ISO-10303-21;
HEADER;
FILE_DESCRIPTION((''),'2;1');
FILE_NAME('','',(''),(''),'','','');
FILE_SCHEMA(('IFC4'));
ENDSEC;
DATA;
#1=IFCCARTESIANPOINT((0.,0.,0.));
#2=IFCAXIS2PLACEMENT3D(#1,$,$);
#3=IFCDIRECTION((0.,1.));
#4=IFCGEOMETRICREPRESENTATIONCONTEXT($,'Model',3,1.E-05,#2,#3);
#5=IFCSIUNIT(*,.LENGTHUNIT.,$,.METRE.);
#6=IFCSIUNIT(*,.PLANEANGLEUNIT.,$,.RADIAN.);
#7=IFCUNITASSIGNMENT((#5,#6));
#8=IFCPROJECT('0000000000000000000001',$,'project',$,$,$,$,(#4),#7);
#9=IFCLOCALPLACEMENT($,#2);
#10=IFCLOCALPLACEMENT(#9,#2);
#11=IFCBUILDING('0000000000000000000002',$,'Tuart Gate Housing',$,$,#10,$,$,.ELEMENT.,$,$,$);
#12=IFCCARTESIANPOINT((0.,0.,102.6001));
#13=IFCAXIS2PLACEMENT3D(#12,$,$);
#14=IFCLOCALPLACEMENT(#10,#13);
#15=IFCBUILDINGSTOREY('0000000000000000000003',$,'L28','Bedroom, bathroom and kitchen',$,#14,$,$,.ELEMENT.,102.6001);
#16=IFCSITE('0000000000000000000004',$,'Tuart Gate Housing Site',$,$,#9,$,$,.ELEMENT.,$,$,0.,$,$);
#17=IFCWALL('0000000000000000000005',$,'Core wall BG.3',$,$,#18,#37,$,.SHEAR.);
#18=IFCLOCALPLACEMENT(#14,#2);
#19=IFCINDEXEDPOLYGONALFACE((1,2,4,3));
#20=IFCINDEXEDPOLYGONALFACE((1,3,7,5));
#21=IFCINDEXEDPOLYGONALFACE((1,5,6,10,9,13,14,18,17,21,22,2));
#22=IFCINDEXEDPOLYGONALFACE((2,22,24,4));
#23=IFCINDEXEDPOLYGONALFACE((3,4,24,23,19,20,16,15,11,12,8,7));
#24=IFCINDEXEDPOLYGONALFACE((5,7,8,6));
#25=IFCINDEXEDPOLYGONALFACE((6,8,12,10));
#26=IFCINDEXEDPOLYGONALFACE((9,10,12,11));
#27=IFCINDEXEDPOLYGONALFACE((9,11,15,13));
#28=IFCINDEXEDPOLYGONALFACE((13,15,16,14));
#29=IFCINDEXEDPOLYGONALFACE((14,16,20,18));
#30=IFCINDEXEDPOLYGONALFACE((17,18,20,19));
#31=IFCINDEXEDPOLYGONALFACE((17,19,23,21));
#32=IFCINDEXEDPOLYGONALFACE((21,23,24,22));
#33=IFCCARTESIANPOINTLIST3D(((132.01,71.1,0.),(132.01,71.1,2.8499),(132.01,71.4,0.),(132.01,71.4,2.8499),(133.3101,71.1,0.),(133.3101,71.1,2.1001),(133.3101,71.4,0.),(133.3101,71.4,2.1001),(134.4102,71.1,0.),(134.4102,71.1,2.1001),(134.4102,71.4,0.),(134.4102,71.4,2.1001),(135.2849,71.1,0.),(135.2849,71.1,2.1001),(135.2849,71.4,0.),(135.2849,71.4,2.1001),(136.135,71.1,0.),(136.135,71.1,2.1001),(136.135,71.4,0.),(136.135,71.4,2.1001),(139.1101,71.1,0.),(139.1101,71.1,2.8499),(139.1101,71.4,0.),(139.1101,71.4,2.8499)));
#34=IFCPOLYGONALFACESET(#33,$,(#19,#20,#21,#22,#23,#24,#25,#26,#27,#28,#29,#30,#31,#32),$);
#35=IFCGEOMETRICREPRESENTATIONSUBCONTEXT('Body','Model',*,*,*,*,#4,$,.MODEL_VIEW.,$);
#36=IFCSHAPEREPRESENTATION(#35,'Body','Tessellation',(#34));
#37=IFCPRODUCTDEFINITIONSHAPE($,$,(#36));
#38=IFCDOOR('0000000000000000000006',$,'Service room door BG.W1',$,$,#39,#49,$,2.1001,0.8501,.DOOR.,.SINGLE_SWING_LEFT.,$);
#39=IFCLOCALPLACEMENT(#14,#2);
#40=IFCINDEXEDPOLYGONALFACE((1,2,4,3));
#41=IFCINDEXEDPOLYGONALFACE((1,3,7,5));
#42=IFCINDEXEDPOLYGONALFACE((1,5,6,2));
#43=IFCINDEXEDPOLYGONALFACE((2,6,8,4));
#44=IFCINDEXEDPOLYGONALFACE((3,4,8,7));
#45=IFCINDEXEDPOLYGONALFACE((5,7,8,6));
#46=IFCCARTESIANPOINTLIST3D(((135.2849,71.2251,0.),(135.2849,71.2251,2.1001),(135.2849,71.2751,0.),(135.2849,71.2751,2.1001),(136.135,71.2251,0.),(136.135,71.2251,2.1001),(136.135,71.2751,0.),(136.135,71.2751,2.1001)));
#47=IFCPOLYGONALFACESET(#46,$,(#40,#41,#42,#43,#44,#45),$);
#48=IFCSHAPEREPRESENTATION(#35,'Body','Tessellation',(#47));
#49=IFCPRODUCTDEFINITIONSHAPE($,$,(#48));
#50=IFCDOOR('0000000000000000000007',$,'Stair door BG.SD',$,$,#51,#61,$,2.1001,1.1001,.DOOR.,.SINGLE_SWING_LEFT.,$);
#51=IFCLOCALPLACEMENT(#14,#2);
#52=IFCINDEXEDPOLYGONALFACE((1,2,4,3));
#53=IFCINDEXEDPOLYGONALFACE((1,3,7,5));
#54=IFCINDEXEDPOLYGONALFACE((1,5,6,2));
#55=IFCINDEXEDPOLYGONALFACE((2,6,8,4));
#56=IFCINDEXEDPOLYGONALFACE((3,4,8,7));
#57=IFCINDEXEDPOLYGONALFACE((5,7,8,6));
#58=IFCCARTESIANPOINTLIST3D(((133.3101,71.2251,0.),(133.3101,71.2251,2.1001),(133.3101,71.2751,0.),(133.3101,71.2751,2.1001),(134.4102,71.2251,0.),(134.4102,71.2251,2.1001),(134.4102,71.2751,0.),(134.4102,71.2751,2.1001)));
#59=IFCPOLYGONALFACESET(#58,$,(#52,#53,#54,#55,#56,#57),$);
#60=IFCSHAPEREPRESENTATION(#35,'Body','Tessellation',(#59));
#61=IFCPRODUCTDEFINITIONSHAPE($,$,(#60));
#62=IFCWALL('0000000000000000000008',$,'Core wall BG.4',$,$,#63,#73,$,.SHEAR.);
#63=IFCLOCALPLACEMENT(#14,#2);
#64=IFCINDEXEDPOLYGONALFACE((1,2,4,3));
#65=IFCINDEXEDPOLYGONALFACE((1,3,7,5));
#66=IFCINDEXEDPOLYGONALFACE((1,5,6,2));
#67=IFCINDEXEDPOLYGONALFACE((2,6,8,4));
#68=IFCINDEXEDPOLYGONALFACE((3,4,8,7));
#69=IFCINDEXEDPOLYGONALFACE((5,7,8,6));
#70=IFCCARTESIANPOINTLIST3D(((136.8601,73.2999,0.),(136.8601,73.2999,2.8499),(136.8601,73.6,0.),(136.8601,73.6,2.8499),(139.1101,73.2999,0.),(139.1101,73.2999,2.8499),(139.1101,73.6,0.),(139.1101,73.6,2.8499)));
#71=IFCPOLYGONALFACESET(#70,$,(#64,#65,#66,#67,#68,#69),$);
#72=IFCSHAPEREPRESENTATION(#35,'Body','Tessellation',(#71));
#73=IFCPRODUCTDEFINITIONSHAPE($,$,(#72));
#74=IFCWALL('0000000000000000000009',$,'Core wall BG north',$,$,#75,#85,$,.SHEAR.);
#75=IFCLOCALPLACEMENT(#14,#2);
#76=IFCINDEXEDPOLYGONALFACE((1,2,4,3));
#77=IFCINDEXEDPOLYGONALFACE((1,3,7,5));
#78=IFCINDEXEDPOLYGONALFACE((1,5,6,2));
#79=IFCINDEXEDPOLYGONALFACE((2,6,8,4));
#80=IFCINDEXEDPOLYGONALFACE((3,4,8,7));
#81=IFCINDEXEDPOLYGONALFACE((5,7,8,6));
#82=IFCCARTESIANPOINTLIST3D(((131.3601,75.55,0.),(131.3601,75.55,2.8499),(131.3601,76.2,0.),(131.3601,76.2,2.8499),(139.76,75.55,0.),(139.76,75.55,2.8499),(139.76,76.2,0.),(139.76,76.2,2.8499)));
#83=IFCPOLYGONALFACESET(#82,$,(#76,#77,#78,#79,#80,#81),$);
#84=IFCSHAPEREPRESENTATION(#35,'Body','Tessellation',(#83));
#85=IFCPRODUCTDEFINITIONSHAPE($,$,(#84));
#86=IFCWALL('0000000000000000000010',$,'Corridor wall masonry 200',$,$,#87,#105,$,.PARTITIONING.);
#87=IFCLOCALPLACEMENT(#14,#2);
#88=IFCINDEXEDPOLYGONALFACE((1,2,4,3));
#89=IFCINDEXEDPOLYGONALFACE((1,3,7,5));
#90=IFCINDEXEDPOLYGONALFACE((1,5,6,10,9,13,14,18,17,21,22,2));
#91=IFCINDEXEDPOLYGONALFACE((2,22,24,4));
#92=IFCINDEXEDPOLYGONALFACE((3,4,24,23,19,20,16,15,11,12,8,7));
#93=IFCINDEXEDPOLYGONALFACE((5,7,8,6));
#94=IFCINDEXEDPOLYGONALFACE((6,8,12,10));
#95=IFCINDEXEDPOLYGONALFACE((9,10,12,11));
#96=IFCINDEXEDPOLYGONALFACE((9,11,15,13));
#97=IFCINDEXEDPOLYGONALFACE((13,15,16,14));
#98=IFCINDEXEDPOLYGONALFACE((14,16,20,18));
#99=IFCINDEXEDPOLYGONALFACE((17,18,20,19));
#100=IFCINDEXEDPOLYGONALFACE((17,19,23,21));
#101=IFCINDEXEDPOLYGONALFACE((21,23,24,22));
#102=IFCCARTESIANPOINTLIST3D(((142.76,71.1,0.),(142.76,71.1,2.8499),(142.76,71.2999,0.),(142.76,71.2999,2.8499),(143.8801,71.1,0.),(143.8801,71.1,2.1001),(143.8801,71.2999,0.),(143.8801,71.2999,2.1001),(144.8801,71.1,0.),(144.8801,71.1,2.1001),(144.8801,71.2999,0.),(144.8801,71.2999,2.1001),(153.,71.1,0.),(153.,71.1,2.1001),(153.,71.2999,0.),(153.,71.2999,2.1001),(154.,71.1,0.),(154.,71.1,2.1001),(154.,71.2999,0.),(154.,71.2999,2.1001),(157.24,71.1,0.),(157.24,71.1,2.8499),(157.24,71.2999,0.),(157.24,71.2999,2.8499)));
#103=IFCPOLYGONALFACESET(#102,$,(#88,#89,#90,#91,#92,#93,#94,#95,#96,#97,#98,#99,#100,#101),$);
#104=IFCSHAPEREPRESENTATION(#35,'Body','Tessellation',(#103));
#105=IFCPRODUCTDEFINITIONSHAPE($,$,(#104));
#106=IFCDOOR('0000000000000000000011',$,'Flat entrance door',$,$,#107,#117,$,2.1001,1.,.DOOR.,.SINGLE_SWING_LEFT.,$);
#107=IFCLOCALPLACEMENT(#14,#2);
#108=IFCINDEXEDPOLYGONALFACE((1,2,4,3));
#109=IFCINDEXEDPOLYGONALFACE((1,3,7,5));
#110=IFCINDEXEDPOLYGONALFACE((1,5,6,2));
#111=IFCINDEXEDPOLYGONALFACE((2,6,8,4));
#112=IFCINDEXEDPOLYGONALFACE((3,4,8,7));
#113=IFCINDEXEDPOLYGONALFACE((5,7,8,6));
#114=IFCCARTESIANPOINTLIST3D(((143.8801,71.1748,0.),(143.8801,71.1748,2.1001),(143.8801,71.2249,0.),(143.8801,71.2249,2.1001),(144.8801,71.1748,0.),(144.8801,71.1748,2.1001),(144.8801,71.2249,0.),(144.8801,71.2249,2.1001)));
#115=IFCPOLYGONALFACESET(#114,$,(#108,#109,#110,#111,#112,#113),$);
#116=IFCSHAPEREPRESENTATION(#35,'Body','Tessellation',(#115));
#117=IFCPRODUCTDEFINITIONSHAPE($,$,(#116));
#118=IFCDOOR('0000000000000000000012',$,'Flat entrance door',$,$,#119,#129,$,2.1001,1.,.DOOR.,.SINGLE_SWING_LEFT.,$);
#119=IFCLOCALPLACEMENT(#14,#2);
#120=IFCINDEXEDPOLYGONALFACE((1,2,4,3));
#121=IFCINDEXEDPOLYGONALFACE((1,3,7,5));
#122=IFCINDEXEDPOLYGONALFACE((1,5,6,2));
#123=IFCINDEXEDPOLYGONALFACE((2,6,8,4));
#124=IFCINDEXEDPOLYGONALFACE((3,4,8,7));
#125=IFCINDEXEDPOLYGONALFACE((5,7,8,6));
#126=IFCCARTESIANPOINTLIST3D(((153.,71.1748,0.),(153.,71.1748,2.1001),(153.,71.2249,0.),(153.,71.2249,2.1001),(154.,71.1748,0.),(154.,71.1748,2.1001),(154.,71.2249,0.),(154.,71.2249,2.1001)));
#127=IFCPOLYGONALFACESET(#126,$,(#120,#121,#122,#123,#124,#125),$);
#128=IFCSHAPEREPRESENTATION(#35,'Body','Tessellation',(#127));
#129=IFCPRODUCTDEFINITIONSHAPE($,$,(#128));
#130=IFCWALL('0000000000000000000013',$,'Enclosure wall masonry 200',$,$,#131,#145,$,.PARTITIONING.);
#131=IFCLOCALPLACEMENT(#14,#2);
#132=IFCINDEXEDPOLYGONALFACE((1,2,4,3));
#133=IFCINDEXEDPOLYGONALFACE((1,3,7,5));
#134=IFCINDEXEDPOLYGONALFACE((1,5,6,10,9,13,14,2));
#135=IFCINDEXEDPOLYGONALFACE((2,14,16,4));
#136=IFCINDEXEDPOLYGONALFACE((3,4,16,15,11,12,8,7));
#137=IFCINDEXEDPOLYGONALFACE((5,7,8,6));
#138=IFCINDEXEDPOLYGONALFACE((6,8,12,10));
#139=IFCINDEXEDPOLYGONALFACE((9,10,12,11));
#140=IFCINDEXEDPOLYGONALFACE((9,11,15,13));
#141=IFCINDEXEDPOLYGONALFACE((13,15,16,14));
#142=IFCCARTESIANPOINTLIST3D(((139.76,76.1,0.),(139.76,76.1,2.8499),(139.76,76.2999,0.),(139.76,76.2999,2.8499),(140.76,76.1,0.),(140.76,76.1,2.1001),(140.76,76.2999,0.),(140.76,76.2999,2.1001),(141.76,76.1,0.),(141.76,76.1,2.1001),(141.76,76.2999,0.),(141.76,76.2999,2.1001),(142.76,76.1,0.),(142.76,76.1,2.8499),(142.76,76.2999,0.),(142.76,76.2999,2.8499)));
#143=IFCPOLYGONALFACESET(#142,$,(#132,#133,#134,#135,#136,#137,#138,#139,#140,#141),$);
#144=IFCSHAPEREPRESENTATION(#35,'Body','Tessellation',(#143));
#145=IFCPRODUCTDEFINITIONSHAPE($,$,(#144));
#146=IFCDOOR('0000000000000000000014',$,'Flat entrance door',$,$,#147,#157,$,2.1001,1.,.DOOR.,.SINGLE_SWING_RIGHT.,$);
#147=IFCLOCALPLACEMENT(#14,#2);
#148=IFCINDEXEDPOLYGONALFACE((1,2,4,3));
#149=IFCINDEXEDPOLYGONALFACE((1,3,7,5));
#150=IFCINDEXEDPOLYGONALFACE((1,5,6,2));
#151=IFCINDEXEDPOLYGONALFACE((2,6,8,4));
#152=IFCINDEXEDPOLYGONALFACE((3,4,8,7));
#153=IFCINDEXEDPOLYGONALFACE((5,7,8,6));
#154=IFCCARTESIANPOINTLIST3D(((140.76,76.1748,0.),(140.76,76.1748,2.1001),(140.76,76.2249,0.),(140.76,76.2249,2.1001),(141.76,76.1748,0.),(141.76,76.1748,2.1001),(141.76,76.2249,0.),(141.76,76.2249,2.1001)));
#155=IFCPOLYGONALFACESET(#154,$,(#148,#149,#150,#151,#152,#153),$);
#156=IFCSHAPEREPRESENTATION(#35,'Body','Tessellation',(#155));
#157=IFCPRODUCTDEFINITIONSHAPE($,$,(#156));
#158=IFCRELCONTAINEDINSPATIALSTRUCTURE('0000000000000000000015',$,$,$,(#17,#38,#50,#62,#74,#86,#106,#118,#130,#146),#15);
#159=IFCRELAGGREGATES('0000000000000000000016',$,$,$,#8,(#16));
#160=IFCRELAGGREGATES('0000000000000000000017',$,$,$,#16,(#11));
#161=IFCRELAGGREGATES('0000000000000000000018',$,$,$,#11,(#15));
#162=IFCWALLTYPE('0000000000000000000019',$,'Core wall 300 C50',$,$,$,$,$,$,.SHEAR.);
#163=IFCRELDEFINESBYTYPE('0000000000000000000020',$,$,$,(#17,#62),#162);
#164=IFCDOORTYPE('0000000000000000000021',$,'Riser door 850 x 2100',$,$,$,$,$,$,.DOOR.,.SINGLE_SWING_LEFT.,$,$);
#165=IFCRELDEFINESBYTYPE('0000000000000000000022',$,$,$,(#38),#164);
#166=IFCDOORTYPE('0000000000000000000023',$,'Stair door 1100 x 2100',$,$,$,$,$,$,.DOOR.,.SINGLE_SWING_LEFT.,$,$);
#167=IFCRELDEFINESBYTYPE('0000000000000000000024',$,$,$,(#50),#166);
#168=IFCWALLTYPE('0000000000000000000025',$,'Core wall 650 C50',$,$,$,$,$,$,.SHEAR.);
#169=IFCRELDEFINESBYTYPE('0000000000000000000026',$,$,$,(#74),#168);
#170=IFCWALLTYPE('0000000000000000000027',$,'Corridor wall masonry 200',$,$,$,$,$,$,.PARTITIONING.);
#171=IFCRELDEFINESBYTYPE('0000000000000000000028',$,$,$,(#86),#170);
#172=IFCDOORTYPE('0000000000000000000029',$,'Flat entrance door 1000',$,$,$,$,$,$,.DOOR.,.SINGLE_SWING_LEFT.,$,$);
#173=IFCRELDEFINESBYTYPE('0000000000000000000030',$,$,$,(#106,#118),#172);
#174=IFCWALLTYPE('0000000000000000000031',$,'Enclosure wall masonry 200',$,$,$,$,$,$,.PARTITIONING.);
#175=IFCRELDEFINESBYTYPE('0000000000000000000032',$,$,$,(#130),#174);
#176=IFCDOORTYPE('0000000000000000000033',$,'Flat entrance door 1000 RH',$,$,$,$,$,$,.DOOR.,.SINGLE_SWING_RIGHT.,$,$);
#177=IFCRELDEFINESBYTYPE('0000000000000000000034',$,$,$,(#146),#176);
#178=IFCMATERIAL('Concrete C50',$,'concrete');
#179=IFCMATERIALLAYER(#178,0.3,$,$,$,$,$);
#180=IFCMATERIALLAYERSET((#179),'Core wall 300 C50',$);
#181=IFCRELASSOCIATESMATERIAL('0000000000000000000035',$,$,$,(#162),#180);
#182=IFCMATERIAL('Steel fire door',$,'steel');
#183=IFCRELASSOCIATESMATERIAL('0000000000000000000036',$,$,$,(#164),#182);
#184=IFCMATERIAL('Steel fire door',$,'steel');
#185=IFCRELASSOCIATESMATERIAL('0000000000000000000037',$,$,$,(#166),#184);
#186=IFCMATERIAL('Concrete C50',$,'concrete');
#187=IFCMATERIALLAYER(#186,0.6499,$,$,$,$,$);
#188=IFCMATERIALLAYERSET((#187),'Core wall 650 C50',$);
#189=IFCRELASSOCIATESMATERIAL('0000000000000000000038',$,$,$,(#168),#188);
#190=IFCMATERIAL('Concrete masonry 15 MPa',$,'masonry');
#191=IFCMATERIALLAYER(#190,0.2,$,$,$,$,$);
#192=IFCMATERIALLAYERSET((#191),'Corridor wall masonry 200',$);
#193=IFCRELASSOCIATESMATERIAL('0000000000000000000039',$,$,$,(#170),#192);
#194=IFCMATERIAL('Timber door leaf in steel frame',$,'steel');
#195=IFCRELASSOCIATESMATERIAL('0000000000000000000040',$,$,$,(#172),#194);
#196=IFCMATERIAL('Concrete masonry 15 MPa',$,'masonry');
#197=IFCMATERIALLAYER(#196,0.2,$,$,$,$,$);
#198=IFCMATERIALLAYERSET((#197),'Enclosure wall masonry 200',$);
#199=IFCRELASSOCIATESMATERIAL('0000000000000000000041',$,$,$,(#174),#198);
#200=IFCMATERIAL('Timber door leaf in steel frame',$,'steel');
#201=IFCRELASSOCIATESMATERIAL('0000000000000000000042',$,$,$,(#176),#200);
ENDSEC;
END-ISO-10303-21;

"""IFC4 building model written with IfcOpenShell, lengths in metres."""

from ifc_helpers import new_model, si_unit, direction, frame, frame_2d, origin, place, context, subcontext, project, spatial, rectangle, extrude, material, layer, layer_set, type_object, element, fill, save


model = new_model("IFC4")

# Units and contexts
model_context = context("Model", 3, precision=1e-05, world=origin(), true_north=direction((0.0, 1.0)))
body_context = subcontext(model_context, "Body", "Model", "MODEL_VIEW")
ifc_project = project(units=[si_unit("LENGTHUNIT", "METRE"), si_unit("PLANEANGLEUNIT", "RADIAN")], contexts=[model_context])

# Site, building, storey
site_placement = place(None, origin())
site = spatial("IfcSite", under=ifc_project, at=site_placement, Name="Tuart Gate Housing Site", CompositionType="ELEMENT", RefElevation=0.0)
building_placement = place(site_placement, origin())
building = spatial("IfcBuilding", under=site, at=building_placement, Name="Tuart Gate Housing", CompositionType="ELEMENT")
storey_placement = place(building_placement, frame((0.0, 0.0, 102.6001)))
storey = spatial("IfcBuildingStorey", under=building, at=storey_placement, Name="L28", Description="Bedroom, bathroom and kitchen", CompositionType="ELEMENT", Elevation=102.6001)

# Wall, openings, doors
ifc_material_1 = material(Name="Concrete C50", Category="concrete")
ifc_layer_1 = layer(ifc_material_1, 0.3)
ifc_layer_set_1 = layer_set([ifc_layer_1], Name="Core wall 300 C50")
wall_type_1 = type_object("IfcWallType", Name="Core wall 300 C50", PredefinedType="SHEAR", material=ifc_layer_set_1)
wall_1_placement = place(storey_placement, frame((139.1101, 71.25, 0.0), z_axis=(0.0, 0.0, 1.0), x_axis=(-1.0, 0.0, 0.0)))
wall_1 = element("IfcWall", 1, at=wall_1_placement, inside=storey, type_object=wall_type_1, Name="Core wall BG.3", PredefinedType="SHEAR", context=body_context, shape_type="SweptSolid", body=[
    extrude(rectangle(XDim=7.1001, YDim=0.3, at=frame_2d((3.55, 0.0))), origin(), (0.0, 0.0, 1.0), 2.8499),
])
opening_1_placement = place(wall_1_placement, frame((4.7, 0.0, 0.0)))
opening_1 = element("IfcOpeningElement", 2, at=opening_1_placement, cuts=wall_1, PredefinedType="OPENING", context=body_context, shape_type="SweptSolid", body=[
    extrude(rectangle(XDim=1.1001, YDim=2.1001, at=frame_2d((0.55, 1.05))), frame((0.0, 0.1599, 0.0), z_axis=(0.0, -1.0, 0.0), x_axis=(1.0, 0.0, 0.0)), (0.0, 0.0, 1.0), 0.3201),
])
opening_2_placement = place(wall_1_placement, frame((2.9751, 0.0, 0.0)))
opening_2 = element("IfcOpeningElement", 3, at=opening_2_placement, cuts=wall_1, PredefinedType="OPENING", context=body_context, shape_type="SweptSolid", body=[
    extrude(rectangle(XDim=0.8501, YDim=2.1001, at=frame_2d((0.425, 1.05))), frame((0.0, 0.1599, 0.0), z_axis=(0.0, -1.0, 0.0), x_axis=(1.0, 0.0, 0.0)), (0.0, 0.0, 1.0), 0.3201),
])
ifc_material_2 = material(Name="Steel fire door", Category="steel")
door_type_1 = type_object("IfcDoorType", Name="Riser door 850 x 2100", OperationType="SINGLE_SWING_LEFT", PredefinedType="DOOR", material=ifc_material_2)
door_1_placement = place(opening_2_placement, origin())
door_1 = element("IfcDoor", 4, at=door_1_placement, inside=storey, type_object=door_type_1, Name="Service room door BG.W1", OperationType="SINGLE_SWING_LEFT", OverallHeight=2.1001, OverallWidth=0.8501, PredefinedType="DOOR", context=body_context, shape_type="SweptSolid", body=[
    extrude(rectangle(XDim=0.8501, YDim=2.1001, at=frame_2d((0.425, 1.05))), frame((0.0, 0.0249, 0.0), z_axis=(0.0, -1.0, 0.0), x_axis=(1.0, 0.0, 0.0)), (0.0, 0.0, 1.0), 0.05),
])
fill(opening_2, door_1)
ifc_material_3 = material(Name="Steel fire door", Category="steel")
door_type_2 = type_object("IfcDoorType", Name="Stair door 1100 x 2100", OperationType="SINGLE_SWING_LEFT", PredefinedType="DOOR", material=ifc_material_3)
door_2_placement = place(opening_1_placement, origin())
door_2 = element("IfcDoor", 5, at=door_2_placement, inside=storey, type_object=door_type_2, Name="Stair door BG.SD", OperationType="SINGLE_SWING_LEFT", OverallHeight=2.1001, OverallWidth=1.1001, PredefinedType="DOOR", context=body_context, shape_type="SweptSolid", body=[
    extrude(rectangle(XDim=1.1001, YDim=2.1001, at=frame_2d((0.55, 1.05))), frame((0.0, 0.0249, 0.0), z_axis=(0.0, -1.0, 0.0), x_axis=(1.0, 0.0, 0.0)), (0.0, 0.0, 1.0), 0.05),
])
fill(opening_1, door_2)

# Walls
wall_2_placement = place(storey_placement, frame((139.1101, 73.45, 0.0), z_axis=(0.0, 0.0, 1.0), x_axis=(-1.0, 0.0, 0.0)))
element("IfcWall", 6, at=wall_2_placement, inside=storey, type_object=wall_type_1, Name="Core wall BG.4", PredefinedType="SHEAR", context=body_context, shape_type="SweptSolid", body=[
    extrude(rectangle(XDim=2.25, YDim=0.3, at=frame_2d((1.125, 0.0))), origin(), (0.0, 0.0, 1.0), 2.8499),
])
ifc_material_4 = material(Name="Concrete C50", Category="concrete")
ifc_layer_2 = layer(ifc_material_4, 0.6499)
ifc_layer_set_2 = layer_set([ifc_layer_2], Name="Core wall 650 C50")
wall_type_2 = type_object("IfcWallType", Name="Core wall 650 C50", PredefinedType="SHEAR", material=ifc_layer_set_2)
wall_3_placement = place(storey_placement, frame((139.76, 75.875, 0.0), z_axis=(0.0, 0.0, 1.0), x_axis=(-1.0, 0.0, 0.0)))
element("IfcWall", 7, at=wall_3_placement, inside=storey, type_object=wall_type_2, Name="Core wall BG north", PredefinedType="SHEAR", context=body_context, shape_type="SweptSolid", body=[
    extrude(rectangle(XDim=8.3999, YDim=0.6499, at=frame_2d((4.2, 0.0))), origin(), (0.0, 0.0, 1.0), 2.8499),
])

# Wall, openings, doors
ifc_material_5 = material(Name="Concrete masonry 15 MPa", Category="masonry")
ifc_layer_3 = layer(ifc_material_5, 0.2)
ifc_layer_set_3 = layer_set([ifc_layer_3], Name="Corridor wall masonry 200")
wall_type_3 = type_object("IfcWallType", Name="Corridor wall masonry 200", PredefinedType="PARTITIONING", material=ifc_layer_set_3)
wall_4_placement = place(storey_placement, frame((142.76, 71.2, 0.0), z_axis=(0.0, 0.0, 1.0), x_axis=(1.0, 0.0, 0.0)))
wall_4 = element("IfcWall", 8, at=wall_4_placement, inside=storey, type_object=wall_type_3, Name="Corridor wall masonry 200", PredefinedType="PARTITIONING", context=body_context, shape_type="SweptSolid", body=[
    extrude(rectangle(XDim=14.48, YDim=0.2, at=frame_2d((7.24, 0.0))), origin(), (0.0, 0.0, 1.0), 2.8499),
])
opening_3_placement = place(wall_4_placement, frame((1.1201, 0.0, 0.0)))
opening_3 = element("IfcOpeningElement", 9, at=opening_3_placement, cuts=wall_4, PredefinedType="OPENING", context=body_context, shape_type="SweptSolid", body=[
    extrude(rectangle(XDim=1.0, YDim=2.1001, at=frame_2d((0.5, 1.05))), frame((0.0, 0.1099, 0.0), z_axis=(0.0, -1.0, 0.0), x_axis=(1.0, 0.0, 0.0)), (0.0, 0.0, 1.0), 0.22),
])
opening_4_placement = place(wall_4_placement, frame((10.24, 0.0, 0.0)))
opening_4 = element("IfcOpeningElement", 10, at=opening_4_placement, cuts=wall_4, PredefinedType="OPENING", context=body_context, shape_type="SweptSolid", body=[
    extrude(rectangle(XDim=1.0, YDim=2.1001, at=frame_2d((0.5, 1.05))), frame((0.0, 0.1099, 0.0), z_axis=(0.0, -1.0, 0.0), x_axis=(1.0, 0.0, 0.0)), (0.0, 0.0, 1.0), 0.22),
])
ifc_material_6 = material(Name="Timber door leaf in steel frame", Category="steel")
door_type_3 = type_object("IfcDoorType", Name="Flat entrance door 1000", OperationType="SINGLE_SWING_LEFT", PredefinedType="DOOR", material=ifc_material_6)
door_3_placement = place(opening_3_placement, origin())
door_3 = element("IfcDoor", 11, at=door_3_placement, inside=storey, type_object=door_type_3, Name="Flat entrance door", OperationType="SINGLE_SWING_LEFT", OverallHeight=2.1001, OverallWidth=1.0, PredefinedType="DOOR", context=body_context, shape_type="SweptSolid", body=[
    extrude(rectangle(XDim=1.0, YDim=2.1001, at=frame_2d((0.5, 1.05))), frame((0.0, 0.0249, 0.0), z_axis=(0.0, -1.0, 0.0), x_axis=(1.0, 0.0, 0.0)), (0.0, 0.0, 1.0), 0.05),
])
fill(opening_3, door_3)
door_4_placement = place(opening_4_placement, origin())
door_4 = element("IfcDoor", 12, at=door_4_placement, inside=storey, type_object=door_type_3, Name="Flat entrance door", OperationType="SINGLE_SWING_LEFT", OverallHeight=2.1001, OverallWidth=1.0, PredefinedType="DOOR", context=body_context, shape_type="SweptSolid", body=[
    extrude(rectangle(XDim=1.0, YDim=2.1001, at=frame_2d((0.5, 1.05))), frame((0.0, 0.0249, 0.0), z_axis=(0.0, -1.0, 0.0), x_axis=(1.0, 0.0, 0.0)), (0.0, 0.0, 1.0), 0.05),
])
fill(opening_4, door_4)

# Wall, opening, door
ifc_material_7 = material(Name="Concrete masonry 15 MPa", Category="masonry")
ifc_layer_4 = layer(ifc_material_7, 0.2)
ifc_layer_set_4 = layer_set([ifc_layer_4], Name="Enclosure wall masonry 200")
wall_type_4 = type_object("IfcWallType", Name="Enclosure wall masonry 200", PredefinedType="PARTITIONING", material=ifc_layer_set_4)
wall_5_placement = place(storey_placement, frame((139.76, 76.2, 0.0), z_axis=(0.0, 0.0, 1.0), x_axis=(1.0, 0.0, 0.0)))
wall_5 = element("IfcWall", 13, at=wall_5_placement, inside=storey, type_object=wall_type_4, Name="Enclosure wall masonry 200", PredefinedType="PARTITIONING", context=body_context, shape_type="SweptSolid", body=[
    extrude(rectangle(XDim=3.0, YDim=0.2, at=frame_2d((1.5, 0.0))), origin(), (0.0, 0.0, 1.0), 2.8499),
])
opening_5_placement = place(wall_5_placement, frame((1.0, 0.0, 0.0)))
opening_5 = element("IfcOpeningElement", 14, at=opening_5_placement, cuts=wall_5, PredefinedType="OPENING", context=body_context, shape_type="SweptSolid", body=[
    extrude(rectangle(XDim=1.0, YDim=2.1001, at=frame_2d((0.5, 1.05))), frame((0.0, 0.1099, 0.0), z_axis=(0.0, -1.0, 0.0), x_axis=(1.0, 0.0, 0.0)), (0.0, 0.0, 1.0), 0.22),
])
ifc_material_8 = material(Name="Timber door leaf in steel frame", Category="steel")
door_type_4 = type_object("IfcDoorType", Name="Flat entrance door 1000 RH", OperationType="SINGLE_SWING_RIGHT", PredefinedType="DOOR", material=ifc_material_8)
door_5_placement = place(opening_5_placement, origin())
door_5 = element("IfcDoor", 15, at=door_5_placement, inside=storey, type_object=door_type_4, Name="Flat entrance door", OperationType="SINGLE_SWING_RIGHT", OverallHeight=2.1001, OverallWidth=1.0, PredefinedType="DOOR", context=body_context, shape_type="SweptSolid", body=[
    extrude(rectangle(XDim=1.0, YDim=2.1001, at=frame_2d((0.5, 1.05))), frame((0.0, 0.0249, 0.0), z_axis=(0.0, -1.0, 0.0), x_axis=(1.0, 0.0, 0.0)), (0.0, 0.0, 1.0), 0.05),
])
fill(opening_5, door_5)

save(model, "model.ifc")
